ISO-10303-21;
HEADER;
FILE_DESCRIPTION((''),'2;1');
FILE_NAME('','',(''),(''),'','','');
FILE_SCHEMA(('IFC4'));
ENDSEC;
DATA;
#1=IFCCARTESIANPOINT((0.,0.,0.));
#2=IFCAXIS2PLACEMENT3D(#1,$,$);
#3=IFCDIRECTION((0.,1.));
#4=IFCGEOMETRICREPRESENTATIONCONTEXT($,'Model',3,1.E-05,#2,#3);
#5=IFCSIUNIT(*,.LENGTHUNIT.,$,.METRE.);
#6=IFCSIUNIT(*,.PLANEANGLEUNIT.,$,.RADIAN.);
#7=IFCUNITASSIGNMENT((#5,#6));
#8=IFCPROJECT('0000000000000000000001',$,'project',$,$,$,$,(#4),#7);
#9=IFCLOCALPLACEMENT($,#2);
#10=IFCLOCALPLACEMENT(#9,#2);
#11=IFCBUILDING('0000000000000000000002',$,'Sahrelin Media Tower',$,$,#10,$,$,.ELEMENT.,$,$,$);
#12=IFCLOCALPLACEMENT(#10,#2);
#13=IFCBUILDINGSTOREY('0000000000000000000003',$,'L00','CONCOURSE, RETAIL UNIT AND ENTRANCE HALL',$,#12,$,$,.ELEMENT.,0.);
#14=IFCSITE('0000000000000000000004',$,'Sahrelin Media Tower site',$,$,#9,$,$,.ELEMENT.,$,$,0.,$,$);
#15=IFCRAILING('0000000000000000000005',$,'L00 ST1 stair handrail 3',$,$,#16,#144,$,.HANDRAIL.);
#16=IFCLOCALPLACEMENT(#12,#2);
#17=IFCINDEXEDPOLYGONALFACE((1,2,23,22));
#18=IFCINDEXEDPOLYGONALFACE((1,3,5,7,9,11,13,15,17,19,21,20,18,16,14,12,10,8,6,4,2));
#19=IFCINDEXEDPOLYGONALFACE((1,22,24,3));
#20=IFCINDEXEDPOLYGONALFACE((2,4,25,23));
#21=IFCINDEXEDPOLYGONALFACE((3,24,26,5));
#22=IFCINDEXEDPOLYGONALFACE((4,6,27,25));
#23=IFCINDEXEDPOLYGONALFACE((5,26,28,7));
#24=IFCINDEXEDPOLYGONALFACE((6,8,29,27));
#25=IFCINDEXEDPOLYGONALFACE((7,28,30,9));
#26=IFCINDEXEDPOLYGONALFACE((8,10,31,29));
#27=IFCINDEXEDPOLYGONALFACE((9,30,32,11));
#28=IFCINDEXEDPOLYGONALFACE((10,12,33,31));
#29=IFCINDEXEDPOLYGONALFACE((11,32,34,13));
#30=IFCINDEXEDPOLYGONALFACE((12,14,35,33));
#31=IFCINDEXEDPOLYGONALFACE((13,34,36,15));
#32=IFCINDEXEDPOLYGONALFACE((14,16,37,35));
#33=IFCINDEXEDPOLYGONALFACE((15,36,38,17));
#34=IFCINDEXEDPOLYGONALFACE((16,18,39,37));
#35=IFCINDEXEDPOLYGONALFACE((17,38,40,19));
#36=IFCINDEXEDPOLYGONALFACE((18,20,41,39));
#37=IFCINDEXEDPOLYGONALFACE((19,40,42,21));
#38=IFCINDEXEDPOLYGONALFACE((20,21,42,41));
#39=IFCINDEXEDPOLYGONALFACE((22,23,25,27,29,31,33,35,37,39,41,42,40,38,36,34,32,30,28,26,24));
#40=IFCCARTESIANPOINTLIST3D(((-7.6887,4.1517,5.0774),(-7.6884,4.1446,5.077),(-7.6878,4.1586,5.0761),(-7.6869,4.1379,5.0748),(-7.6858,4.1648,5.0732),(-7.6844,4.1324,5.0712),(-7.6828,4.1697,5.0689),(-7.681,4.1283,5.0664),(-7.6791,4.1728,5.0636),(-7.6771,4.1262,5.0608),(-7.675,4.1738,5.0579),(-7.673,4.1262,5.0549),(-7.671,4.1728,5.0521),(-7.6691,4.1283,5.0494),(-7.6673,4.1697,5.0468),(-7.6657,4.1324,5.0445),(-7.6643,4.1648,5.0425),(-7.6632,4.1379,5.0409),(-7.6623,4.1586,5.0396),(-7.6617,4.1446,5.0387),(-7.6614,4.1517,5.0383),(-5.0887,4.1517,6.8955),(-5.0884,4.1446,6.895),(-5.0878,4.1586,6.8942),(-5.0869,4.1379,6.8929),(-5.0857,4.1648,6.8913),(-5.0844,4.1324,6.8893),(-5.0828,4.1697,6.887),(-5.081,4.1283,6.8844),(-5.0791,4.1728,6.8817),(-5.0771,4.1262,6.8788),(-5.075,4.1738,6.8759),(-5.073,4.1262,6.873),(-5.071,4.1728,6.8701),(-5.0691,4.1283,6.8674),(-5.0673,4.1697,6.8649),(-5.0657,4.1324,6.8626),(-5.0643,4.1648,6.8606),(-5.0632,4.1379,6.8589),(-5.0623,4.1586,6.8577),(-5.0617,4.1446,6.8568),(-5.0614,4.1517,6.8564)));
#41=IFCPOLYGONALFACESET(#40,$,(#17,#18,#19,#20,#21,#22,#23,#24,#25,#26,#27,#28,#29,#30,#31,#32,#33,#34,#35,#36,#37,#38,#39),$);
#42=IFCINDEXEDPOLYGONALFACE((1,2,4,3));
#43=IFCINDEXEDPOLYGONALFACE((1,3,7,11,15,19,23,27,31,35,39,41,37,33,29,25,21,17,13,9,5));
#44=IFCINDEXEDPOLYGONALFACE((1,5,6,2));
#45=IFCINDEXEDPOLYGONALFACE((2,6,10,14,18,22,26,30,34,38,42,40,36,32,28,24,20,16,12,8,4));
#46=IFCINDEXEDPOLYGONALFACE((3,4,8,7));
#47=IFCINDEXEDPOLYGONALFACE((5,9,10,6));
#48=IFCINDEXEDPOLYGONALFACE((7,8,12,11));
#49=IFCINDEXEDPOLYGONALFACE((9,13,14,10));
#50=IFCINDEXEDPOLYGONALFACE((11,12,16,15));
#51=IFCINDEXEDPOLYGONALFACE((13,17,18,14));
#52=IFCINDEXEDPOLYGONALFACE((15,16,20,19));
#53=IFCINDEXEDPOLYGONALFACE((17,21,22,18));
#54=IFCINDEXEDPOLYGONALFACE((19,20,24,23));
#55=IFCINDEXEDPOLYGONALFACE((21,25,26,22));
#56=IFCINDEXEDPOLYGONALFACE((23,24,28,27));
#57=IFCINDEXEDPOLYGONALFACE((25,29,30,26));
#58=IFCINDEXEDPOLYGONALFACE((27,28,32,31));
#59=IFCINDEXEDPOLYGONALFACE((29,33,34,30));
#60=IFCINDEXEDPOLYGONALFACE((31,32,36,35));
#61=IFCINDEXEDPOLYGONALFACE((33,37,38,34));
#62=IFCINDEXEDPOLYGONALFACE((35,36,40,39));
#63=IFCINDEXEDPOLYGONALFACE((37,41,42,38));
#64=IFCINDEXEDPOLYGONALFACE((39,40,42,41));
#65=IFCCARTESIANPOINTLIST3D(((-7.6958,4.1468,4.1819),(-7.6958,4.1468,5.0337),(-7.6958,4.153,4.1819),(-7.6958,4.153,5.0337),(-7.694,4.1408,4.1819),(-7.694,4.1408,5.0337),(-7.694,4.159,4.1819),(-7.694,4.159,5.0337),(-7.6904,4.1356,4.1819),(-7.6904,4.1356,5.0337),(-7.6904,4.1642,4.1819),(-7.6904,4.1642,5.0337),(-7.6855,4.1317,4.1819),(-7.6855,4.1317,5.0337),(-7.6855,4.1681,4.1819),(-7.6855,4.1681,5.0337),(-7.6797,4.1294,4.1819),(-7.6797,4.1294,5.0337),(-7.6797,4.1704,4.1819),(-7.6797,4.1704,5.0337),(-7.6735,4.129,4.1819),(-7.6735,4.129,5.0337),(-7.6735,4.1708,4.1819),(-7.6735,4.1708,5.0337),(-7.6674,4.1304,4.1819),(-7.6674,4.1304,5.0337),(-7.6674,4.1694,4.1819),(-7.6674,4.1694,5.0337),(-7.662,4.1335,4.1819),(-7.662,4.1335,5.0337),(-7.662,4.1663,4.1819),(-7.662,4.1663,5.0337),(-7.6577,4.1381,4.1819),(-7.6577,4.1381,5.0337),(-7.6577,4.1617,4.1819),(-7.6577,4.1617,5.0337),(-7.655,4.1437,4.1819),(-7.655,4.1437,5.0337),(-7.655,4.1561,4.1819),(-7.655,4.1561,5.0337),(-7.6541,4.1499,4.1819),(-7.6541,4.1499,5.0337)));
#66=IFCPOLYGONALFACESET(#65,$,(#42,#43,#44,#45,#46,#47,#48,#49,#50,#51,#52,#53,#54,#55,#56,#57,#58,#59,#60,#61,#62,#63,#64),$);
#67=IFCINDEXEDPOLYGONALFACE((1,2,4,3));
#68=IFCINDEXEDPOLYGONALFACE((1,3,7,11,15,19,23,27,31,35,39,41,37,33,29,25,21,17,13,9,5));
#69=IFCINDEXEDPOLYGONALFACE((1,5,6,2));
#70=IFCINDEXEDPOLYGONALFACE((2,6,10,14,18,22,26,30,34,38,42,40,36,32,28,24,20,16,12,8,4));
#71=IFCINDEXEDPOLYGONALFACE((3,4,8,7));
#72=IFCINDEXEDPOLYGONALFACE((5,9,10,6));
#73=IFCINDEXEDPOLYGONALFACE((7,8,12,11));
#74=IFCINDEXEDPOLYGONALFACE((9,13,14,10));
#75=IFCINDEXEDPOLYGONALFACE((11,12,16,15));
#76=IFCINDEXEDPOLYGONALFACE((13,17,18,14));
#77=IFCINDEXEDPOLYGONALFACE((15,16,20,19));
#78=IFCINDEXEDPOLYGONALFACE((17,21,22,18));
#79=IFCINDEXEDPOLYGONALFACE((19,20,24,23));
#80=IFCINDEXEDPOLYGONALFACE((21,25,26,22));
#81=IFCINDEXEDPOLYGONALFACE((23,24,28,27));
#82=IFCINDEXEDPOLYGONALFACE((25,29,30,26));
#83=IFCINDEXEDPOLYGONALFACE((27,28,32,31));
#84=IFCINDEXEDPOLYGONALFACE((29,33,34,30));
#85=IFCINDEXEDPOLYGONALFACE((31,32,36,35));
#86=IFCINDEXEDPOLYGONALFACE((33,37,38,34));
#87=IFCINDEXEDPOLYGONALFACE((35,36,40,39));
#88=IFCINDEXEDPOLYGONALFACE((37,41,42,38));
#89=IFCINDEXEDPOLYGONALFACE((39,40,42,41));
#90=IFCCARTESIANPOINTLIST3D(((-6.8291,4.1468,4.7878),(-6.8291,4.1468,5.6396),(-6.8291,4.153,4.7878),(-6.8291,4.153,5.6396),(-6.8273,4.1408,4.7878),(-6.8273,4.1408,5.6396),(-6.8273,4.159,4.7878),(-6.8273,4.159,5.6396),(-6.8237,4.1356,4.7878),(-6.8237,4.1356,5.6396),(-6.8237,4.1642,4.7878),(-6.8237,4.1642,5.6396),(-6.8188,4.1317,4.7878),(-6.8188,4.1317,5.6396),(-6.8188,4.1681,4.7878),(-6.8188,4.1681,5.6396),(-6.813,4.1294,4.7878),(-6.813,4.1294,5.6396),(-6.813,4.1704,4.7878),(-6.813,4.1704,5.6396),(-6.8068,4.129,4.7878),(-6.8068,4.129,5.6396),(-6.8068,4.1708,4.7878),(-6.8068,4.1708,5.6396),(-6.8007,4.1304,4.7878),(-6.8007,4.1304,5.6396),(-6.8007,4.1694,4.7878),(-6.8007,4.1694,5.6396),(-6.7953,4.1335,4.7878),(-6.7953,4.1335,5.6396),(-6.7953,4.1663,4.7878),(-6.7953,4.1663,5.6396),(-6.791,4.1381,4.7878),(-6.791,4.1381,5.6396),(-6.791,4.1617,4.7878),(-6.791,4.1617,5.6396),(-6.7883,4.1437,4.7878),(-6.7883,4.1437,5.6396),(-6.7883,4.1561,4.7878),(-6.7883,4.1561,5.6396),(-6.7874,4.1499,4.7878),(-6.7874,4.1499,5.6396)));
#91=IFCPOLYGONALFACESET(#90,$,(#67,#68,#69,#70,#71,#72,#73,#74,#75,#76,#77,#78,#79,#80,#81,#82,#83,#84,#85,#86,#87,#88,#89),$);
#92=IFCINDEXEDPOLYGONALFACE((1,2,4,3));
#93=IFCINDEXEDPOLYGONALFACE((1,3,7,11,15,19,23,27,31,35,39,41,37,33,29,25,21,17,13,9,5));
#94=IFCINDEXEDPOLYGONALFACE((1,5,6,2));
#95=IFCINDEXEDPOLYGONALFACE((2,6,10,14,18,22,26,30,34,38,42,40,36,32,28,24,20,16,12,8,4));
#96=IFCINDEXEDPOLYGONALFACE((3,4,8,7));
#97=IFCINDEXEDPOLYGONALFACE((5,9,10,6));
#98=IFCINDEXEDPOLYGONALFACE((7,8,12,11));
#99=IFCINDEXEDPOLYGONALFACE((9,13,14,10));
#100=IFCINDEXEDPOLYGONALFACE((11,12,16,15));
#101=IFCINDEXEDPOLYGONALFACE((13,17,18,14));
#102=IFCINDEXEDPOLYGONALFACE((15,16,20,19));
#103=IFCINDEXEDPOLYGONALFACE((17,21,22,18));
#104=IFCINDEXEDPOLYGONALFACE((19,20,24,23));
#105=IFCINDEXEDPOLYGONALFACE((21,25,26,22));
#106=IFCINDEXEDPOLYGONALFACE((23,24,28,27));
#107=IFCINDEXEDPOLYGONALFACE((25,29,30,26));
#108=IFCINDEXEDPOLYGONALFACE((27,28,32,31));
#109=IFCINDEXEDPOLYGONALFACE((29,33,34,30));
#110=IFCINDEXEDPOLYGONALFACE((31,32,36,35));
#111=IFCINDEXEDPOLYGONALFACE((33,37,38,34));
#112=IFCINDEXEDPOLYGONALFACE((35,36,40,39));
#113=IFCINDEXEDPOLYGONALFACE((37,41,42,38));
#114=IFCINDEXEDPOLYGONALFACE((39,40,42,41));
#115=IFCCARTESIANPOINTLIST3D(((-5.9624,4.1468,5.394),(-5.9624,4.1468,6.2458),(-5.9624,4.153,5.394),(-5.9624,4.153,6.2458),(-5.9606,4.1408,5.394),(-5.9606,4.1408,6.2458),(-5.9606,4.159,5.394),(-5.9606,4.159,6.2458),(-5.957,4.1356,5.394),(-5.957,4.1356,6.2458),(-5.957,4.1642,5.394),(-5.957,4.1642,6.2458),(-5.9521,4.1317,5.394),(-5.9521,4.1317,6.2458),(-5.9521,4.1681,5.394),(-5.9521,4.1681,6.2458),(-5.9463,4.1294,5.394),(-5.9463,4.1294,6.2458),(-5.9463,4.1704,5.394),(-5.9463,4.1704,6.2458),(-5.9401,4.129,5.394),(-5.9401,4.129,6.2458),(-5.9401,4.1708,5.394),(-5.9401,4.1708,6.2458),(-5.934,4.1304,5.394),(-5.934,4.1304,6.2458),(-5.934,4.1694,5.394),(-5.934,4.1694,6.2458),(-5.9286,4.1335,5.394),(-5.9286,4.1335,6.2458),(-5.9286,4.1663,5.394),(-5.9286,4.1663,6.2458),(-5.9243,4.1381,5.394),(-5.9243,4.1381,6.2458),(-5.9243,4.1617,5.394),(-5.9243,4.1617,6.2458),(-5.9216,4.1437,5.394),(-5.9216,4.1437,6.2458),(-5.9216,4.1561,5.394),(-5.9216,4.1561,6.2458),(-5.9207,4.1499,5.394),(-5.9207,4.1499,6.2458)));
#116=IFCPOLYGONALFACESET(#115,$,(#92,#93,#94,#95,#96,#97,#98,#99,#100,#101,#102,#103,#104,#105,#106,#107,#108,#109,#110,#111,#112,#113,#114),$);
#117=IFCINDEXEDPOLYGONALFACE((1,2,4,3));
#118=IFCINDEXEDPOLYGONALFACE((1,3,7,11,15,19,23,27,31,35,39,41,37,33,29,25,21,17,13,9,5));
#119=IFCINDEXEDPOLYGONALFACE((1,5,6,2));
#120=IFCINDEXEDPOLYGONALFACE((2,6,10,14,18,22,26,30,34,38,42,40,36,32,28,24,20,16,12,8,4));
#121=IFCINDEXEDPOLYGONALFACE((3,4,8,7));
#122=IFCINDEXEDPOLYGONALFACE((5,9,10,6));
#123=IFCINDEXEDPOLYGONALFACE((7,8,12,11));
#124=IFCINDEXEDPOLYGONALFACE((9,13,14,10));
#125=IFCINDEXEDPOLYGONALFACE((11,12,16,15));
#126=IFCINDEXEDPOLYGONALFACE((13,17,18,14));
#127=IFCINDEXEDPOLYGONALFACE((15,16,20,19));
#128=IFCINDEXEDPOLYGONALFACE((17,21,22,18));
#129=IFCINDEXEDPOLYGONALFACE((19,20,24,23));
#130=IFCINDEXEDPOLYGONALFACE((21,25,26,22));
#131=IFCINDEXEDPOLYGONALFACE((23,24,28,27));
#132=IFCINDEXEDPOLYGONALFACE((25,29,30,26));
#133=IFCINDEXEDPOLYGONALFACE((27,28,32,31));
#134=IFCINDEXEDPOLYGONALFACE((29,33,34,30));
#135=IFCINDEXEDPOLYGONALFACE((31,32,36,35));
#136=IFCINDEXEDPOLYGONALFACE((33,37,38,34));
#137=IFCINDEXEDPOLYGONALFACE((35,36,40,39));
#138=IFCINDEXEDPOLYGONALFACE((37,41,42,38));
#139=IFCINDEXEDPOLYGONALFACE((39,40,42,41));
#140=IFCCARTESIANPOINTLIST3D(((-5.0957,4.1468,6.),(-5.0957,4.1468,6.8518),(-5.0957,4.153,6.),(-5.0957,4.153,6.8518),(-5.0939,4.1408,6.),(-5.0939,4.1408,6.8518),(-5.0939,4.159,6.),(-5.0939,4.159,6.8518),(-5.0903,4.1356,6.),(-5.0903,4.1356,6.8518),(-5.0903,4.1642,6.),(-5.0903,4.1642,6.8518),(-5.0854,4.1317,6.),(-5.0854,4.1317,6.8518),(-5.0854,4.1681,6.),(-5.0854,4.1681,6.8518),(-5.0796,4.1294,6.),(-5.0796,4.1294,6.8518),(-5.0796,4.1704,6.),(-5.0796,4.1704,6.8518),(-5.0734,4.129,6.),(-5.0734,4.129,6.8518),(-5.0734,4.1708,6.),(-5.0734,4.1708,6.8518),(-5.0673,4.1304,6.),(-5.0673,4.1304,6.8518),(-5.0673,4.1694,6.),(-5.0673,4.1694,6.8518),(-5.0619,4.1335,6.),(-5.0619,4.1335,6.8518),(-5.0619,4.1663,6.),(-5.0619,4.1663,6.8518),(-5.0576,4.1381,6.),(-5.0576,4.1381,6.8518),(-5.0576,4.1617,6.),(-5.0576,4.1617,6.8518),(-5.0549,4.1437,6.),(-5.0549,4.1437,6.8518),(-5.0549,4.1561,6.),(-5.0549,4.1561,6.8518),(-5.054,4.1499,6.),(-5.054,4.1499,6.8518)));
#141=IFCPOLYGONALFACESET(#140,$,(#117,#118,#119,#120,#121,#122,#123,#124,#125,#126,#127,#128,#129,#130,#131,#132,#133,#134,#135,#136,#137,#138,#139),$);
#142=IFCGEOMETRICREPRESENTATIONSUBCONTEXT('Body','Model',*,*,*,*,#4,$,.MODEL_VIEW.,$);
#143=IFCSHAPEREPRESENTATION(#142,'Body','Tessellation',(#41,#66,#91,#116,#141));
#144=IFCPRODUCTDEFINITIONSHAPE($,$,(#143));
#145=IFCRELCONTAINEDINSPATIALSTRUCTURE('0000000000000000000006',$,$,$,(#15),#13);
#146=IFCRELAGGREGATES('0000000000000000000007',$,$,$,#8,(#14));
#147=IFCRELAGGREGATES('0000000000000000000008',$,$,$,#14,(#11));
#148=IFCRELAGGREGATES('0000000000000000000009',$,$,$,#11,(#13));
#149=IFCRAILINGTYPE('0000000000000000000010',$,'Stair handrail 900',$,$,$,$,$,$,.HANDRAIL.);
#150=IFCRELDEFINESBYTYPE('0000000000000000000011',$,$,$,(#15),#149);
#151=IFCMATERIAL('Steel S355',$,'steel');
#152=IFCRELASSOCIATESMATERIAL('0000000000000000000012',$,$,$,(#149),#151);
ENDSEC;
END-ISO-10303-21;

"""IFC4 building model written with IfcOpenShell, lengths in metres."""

from ifc_helpers import new_model, si_unit, direction, frame, origin, origin_2d, place, context, subcontext, project, spatial, circle, extrude, material, type_object, element, save


model = new_model("IFC4")

# Units and contexts
model_context = context("Model", 3, precision=1e-05, world=origin(), true_north=direction((0.0, 1.0)))
body_context = subcontext(model_context, "Body", "Model", "MODEL_VIEW")
ifc_project = project(units=[si_unit("LENGTHUNIT", "METRE"), si_unit("PLANEANGLEUNIT", "RADIAN")], contexts=[model_context])

# Site, building, storey
site_placement = place(None, origin())
site = spatial("IfcSite", under=ifc_project, at=site_placement, Name="Sahrelin Media Tower site", CompositionType="ELEMENT", RefElevation=0.0)
building_placement = place(site_placement, origin())
building = spatial("IfcBuilding", under=site, at=building_placement, Name="Sahrelin Media Tower", CompositionType="ELEMENT")
storey_placement = place(building_placement, origin())
storey = spatial("IfcBuildingStorey", under=building, at=storey_placement, Name="L00", Description="CONCOURSE, RETAIL UNIT AND ENTRANCE HALL", CompositionType="ELEMENT", Elevation=0.0)

# Shared definitions
ifc_material_1 = material(Name="Steel S355", Category="steel")

# Railing
railing_type_1 = type_object("IfcRailingType", Name="Stair handrail 900", PredefinedType="HANDRAIL", material=ifc_material_1)
for number, where, name in (
    (1, (-7.675, 4.1499, 4.1819), "L00 ST1 stair handrail 3"),
):
    element("IfcRailing", number, at=place(storey_placement, frame(where)), inside=storey, type_object=railing_type_1, Name=name, PredefinedType="HANDRAIL", context=body_context, shape_type="SweptSolid", body=[
        extrude(circle(Radius=0.0239, at=origin_2d()), frame((0.0, 0.0, 0.876), z_axis=(0.819521, 0.0, 0.573049), x_axis=(0.0, 1.0, 0.0)), (0.0, 0.0, 1.0), 3.1726),
        extrude(circle(Radius=0.021, at=origin_2d()), origin(), (0.0, 0.0, 1.0), 0.8518),
        extrude(circle(Radius=0.021, at=origin_2d()), frame((0.8667, 0.0, 0.606)), (0.0, 0.0, 1.0), 0.8518),
        extrude(circle(Radius=0.021, at=origin_2d()), frame((1.7334, 0.0, 1.2122)), (0.0, 0.0, 1.0), 0.8518),
        extrude(circle(Radius=0.021, at=origin_2d()), frame((2.6001, 0.0, 1.8181)), (0.0, 0.0, 1.0), 0.8518),
    ])

save(model, "model.ifc")
